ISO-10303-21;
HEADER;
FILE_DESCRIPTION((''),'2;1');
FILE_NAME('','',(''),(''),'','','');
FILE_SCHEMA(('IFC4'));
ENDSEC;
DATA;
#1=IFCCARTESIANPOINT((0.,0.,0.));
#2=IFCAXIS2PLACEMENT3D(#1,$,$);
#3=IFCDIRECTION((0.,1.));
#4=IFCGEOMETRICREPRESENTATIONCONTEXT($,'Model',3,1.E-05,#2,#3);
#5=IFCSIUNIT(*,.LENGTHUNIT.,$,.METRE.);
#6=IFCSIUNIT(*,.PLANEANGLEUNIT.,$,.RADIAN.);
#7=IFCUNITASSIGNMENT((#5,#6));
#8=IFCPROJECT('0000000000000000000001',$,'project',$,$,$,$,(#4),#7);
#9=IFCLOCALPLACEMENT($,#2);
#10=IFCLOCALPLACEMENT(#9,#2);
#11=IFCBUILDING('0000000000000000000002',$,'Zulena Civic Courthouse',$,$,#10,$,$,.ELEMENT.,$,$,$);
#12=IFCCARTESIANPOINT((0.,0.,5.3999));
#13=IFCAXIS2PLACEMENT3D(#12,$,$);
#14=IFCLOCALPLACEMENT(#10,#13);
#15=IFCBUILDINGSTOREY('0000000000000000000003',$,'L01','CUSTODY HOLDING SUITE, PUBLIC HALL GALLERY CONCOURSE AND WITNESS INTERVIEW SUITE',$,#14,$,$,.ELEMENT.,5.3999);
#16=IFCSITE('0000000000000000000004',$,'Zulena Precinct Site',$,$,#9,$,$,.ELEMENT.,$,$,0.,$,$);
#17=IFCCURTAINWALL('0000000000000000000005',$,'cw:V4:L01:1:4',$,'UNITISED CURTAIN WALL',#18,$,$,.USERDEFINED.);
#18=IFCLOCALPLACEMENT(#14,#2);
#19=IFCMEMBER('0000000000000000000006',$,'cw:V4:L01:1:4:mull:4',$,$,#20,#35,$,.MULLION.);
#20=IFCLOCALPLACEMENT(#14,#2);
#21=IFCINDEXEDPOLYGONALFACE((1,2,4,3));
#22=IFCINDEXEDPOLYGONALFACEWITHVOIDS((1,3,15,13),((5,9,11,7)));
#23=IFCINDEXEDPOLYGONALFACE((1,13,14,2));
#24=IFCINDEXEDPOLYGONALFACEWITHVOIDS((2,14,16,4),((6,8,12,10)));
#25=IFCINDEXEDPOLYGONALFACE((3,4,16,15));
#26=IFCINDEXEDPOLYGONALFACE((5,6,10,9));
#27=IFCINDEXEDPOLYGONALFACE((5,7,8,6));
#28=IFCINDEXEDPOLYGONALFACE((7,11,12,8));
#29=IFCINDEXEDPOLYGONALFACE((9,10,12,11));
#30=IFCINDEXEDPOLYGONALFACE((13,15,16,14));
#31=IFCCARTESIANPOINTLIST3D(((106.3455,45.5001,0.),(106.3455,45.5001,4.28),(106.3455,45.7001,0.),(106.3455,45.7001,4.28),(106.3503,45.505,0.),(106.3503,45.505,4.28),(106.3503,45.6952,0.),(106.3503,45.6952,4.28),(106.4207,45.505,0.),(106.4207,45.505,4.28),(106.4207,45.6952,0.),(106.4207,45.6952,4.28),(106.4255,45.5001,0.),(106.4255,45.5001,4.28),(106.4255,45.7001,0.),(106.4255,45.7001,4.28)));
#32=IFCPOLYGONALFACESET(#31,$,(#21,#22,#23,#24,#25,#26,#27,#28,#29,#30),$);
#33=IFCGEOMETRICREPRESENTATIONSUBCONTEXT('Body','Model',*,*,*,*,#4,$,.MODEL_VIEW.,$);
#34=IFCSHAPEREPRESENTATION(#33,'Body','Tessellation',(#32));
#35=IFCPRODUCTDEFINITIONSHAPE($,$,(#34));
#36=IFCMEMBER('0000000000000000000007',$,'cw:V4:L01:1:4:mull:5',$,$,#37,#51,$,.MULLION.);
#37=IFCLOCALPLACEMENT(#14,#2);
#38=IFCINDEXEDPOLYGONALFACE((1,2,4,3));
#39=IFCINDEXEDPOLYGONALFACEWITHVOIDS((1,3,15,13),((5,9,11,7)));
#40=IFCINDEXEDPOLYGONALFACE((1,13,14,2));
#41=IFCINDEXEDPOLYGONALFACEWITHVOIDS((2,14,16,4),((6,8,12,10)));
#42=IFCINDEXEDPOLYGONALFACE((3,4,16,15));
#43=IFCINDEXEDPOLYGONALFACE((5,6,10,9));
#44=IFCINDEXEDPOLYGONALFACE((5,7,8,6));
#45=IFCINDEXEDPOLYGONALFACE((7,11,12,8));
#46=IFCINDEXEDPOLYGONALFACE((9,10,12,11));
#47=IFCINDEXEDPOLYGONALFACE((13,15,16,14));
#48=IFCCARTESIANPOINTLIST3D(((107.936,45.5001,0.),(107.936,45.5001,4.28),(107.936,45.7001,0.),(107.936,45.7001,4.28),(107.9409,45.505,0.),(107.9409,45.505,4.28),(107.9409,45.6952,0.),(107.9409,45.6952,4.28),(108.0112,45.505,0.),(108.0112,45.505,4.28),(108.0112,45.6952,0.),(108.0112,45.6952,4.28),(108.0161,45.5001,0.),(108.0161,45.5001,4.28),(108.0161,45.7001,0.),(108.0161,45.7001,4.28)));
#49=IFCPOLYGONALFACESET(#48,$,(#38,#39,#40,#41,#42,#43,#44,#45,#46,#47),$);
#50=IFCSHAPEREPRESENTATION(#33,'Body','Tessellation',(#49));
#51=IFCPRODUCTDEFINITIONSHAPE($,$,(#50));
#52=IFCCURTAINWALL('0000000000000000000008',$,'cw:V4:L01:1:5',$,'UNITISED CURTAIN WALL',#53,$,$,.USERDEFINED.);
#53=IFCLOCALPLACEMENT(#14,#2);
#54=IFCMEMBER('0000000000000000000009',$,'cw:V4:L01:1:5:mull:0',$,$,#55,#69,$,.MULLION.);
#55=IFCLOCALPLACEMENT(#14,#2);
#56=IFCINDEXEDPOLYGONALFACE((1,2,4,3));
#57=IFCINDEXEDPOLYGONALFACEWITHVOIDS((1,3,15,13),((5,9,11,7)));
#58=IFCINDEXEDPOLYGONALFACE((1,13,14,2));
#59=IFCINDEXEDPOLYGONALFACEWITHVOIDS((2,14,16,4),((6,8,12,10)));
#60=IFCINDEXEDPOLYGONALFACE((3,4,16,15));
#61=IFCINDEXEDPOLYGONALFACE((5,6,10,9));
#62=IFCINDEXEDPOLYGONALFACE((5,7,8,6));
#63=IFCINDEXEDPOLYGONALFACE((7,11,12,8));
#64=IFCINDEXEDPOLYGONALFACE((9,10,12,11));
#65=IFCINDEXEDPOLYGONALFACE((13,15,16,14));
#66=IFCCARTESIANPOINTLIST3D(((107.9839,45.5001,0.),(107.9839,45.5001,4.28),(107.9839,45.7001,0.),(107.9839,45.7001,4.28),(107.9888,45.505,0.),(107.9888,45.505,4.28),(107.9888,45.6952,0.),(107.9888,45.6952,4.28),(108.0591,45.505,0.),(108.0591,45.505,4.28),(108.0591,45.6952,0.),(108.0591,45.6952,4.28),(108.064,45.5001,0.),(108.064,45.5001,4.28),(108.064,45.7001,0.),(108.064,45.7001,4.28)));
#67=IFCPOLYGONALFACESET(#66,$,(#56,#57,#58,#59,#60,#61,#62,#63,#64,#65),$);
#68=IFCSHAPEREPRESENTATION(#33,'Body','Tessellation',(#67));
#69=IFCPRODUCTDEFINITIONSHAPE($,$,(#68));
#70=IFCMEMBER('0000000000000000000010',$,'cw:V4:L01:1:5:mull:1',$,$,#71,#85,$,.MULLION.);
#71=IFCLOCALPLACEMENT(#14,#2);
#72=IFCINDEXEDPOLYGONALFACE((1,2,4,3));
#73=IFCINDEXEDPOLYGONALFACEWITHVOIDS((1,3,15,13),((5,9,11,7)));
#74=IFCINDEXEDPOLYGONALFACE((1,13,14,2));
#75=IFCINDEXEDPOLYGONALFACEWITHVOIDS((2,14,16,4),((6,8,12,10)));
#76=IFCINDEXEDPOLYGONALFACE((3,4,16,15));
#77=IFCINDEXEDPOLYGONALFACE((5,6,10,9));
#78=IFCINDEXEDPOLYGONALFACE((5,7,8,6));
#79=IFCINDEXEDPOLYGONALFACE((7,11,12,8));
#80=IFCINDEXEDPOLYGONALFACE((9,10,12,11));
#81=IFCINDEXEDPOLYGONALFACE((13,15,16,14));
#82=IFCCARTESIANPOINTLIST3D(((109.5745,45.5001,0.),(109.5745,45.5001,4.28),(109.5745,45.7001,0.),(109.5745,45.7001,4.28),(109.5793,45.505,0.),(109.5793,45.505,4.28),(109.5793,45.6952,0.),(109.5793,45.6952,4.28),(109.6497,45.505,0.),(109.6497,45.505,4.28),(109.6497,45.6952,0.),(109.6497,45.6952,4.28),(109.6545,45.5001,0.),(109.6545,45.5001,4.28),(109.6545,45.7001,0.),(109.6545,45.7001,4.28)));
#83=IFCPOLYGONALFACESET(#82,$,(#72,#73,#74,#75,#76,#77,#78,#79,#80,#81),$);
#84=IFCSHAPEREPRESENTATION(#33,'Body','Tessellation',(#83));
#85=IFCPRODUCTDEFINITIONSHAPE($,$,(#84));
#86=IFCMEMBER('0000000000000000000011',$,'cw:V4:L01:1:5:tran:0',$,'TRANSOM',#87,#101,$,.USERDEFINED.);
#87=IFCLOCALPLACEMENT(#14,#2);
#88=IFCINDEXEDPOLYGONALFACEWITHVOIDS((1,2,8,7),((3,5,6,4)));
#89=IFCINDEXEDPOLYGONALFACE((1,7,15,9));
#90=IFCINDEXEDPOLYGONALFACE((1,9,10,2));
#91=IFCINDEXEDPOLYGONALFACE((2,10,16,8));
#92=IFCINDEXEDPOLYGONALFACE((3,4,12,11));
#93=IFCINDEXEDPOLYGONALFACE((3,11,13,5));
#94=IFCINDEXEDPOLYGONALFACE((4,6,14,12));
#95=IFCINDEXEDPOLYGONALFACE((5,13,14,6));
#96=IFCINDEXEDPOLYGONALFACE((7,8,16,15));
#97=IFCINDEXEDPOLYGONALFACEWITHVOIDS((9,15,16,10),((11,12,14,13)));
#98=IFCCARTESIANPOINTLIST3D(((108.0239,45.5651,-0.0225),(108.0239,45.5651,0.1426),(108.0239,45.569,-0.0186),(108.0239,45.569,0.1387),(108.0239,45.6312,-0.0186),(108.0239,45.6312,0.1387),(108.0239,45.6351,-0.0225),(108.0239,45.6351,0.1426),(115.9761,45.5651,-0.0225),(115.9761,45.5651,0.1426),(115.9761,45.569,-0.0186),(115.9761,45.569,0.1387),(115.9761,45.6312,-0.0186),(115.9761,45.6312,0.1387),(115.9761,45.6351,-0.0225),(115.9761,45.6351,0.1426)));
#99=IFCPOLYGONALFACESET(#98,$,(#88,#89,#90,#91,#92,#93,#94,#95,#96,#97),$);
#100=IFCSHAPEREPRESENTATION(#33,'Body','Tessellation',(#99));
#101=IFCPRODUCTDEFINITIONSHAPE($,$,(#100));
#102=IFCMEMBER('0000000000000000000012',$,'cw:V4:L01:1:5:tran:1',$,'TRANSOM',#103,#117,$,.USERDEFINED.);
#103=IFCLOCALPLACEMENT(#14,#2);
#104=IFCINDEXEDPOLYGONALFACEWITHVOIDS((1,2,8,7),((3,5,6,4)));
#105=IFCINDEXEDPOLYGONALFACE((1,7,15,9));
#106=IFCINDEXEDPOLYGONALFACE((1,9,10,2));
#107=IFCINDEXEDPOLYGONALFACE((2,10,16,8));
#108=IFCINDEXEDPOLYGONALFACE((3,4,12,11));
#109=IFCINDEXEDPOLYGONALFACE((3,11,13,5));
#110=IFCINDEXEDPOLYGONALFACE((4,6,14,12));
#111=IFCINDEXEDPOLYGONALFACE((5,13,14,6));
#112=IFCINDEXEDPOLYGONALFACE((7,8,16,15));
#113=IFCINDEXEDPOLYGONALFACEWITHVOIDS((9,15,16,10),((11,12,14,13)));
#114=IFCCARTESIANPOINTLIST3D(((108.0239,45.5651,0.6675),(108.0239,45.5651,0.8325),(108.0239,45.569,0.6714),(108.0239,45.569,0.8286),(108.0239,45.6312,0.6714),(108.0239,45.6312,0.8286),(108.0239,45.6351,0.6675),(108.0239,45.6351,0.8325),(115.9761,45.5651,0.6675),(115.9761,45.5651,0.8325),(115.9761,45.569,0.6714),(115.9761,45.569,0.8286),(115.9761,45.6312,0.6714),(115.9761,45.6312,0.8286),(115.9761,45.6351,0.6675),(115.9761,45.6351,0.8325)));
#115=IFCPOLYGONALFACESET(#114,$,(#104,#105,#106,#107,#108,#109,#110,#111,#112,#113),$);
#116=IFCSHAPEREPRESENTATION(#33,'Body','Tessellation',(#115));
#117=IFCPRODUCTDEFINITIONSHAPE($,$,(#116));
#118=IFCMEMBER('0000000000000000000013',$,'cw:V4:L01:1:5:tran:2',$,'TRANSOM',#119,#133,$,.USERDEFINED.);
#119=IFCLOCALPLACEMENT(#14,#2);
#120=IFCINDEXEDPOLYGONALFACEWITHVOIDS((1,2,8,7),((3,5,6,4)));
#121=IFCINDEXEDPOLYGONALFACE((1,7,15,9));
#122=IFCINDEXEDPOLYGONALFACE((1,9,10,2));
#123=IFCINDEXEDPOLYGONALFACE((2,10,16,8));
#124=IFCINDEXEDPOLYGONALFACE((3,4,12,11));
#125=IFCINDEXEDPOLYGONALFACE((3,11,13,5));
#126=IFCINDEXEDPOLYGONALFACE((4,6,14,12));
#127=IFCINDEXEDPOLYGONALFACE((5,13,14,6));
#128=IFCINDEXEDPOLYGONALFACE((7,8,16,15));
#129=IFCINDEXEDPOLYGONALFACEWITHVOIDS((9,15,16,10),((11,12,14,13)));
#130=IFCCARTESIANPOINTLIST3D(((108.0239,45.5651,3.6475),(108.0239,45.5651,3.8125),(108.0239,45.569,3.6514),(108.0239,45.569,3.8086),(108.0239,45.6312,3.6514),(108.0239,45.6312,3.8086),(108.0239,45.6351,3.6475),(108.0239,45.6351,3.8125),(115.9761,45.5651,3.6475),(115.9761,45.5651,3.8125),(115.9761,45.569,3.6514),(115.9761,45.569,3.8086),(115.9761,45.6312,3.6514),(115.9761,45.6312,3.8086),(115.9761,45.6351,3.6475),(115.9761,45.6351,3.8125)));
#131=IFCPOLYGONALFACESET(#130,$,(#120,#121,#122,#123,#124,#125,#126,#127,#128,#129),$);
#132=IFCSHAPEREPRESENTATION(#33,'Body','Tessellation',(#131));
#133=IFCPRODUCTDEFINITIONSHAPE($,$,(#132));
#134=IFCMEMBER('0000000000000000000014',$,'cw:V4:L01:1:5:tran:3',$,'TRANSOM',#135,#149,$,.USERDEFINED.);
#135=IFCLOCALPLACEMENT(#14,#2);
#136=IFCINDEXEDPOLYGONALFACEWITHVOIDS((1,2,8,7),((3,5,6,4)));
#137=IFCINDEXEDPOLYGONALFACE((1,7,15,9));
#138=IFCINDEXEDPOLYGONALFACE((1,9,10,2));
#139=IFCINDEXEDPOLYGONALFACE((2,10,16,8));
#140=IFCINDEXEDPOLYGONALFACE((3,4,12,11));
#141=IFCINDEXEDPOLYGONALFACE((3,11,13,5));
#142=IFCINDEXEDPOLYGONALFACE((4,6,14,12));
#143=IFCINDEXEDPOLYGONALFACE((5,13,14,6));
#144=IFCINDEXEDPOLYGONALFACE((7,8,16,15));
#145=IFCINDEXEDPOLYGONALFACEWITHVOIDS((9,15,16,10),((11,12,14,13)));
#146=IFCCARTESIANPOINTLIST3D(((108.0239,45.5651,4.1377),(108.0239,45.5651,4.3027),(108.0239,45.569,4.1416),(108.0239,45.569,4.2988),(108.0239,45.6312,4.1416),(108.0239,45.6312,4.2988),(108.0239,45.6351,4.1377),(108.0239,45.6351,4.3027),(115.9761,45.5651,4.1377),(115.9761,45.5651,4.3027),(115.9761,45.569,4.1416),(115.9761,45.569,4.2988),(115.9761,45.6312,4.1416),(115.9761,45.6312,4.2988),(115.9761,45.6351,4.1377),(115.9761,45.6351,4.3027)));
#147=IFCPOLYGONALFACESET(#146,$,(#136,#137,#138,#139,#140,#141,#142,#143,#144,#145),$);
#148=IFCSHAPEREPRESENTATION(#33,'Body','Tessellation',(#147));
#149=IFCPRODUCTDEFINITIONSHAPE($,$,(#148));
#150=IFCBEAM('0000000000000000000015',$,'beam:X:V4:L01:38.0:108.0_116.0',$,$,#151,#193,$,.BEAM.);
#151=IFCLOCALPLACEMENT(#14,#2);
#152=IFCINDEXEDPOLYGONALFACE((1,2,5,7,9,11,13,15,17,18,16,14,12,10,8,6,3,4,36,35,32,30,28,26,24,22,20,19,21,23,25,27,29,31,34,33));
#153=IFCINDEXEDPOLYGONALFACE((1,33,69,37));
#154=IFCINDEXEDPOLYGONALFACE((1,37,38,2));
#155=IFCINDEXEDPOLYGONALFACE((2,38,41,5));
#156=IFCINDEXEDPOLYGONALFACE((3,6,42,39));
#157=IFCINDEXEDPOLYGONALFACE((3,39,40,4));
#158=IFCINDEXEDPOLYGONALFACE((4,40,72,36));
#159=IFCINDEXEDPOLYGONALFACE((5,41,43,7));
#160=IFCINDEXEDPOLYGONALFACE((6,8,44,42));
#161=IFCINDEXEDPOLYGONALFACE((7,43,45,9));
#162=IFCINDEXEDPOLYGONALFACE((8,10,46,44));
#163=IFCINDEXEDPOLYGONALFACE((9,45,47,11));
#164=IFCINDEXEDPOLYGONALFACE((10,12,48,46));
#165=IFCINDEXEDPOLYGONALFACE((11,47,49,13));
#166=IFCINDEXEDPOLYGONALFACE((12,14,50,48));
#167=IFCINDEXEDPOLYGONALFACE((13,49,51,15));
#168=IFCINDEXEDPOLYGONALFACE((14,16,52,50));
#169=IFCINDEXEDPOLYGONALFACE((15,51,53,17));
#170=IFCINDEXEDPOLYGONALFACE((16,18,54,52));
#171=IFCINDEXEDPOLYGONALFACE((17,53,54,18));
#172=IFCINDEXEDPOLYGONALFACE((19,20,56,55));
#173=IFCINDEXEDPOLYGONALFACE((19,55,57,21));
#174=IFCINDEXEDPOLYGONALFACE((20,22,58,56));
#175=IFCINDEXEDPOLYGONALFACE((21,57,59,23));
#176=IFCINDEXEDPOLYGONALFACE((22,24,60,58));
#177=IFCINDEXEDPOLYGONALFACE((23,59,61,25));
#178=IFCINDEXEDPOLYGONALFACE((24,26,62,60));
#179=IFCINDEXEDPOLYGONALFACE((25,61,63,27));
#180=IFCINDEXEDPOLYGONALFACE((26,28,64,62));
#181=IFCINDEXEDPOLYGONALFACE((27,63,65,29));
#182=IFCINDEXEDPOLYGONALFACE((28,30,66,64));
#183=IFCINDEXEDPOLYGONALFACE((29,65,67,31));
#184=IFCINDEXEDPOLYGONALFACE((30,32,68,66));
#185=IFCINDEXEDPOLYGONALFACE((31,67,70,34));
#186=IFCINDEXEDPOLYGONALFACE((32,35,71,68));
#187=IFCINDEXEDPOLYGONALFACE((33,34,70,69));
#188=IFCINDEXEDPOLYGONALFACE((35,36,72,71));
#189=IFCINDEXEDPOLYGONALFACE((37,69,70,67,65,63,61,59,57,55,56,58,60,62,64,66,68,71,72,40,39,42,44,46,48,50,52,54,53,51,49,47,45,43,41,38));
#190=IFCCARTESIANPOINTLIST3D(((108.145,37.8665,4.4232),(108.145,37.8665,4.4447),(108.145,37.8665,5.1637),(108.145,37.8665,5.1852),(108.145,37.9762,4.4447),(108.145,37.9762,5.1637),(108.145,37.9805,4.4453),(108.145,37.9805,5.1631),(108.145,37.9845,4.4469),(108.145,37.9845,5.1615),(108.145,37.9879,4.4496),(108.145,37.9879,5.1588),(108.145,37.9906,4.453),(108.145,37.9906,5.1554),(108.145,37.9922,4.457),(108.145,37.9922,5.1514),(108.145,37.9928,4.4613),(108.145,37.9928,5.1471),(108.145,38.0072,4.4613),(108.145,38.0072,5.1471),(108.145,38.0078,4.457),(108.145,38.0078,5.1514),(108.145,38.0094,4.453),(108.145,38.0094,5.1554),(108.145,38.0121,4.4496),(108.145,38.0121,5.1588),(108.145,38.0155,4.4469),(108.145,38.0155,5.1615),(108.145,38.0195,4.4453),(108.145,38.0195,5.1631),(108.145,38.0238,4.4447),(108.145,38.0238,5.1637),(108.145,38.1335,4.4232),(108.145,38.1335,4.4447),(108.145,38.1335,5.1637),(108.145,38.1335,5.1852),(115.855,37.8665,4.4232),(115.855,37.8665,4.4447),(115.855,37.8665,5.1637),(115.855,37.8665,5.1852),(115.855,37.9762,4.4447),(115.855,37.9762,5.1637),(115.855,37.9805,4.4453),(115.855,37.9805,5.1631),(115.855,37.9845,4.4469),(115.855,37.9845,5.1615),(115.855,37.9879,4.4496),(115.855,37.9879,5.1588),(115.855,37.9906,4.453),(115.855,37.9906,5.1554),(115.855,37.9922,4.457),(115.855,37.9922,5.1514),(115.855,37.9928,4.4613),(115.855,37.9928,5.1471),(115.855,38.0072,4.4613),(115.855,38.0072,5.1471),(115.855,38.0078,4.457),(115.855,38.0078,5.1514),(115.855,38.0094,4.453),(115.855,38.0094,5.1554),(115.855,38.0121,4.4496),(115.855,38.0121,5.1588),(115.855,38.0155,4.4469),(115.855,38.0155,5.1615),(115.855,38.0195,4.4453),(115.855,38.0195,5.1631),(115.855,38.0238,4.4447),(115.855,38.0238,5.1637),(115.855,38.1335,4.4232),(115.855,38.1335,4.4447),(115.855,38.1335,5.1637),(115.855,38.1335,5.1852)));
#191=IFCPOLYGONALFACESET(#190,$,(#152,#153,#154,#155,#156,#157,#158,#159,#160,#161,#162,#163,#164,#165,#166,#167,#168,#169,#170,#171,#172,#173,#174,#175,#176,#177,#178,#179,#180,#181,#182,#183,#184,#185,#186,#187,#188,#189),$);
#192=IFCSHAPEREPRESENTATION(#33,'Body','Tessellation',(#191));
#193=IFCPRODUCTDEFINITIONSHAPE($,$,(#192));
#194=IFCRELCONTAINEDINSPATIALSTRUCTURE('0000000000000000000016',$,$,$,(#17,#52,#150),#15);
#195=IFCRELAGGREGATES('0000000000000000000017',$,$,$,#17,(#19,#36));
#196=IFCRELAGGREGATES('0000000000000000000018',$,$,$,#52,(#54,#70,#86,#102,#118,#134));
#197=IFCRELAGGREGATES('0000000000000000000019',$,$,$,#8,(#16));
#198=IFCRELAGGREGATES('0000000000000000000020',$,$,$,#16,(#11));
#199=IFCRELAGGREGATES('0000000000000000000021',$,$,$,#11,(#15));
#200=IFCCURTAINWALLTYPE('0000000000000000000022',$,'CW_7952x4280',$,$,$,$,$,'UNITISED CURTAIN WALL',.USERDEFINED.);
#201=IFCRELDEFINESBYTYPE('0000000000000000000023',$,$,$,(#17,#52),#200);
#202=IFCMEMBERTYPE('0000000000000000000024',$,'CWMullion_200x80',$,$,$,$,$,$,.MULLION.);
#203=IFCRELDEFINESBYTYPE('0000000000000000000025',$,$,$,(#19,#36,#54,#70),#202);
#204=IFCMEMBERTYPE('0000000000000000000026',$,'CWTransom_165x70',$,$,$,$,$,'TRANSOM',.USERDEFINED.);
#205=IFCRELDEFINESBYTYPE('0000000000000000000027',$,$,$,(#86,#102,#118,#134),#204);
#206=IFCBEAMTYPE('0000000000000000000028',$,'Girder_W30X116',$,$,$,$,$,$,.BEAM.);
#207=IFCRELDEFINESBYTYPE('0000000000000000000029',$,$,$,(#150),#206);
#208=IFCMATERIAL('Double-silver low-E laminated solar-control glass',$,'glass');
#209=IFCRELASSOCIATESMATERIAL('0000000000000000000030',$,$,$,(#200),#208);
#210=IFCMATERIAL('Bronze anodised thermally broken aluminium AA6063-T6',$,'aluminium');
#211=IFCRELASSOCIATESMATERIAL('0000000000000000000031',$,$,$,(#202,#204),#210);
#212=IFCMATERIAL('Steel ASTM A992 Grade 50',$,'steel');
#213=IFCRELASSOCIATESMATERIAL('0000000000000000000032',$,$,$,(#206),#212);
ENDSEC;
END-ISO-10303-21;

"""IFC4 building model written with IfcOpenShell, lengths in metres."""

from ifc_helpers import new_model, si_unit, direction, frame, origin, origin_2d, place, context, subcontext, project, spatial, hollow_rectangle, i_section, extrude, material, material_profile, profile_set, type_object, element, aggregate, save


model = new_model("IFC4")

# Units and contexts
model_context = context("Model", 3, precision=1e-05, world=origin(), true_north=direction((0.0, 1.0)))
body_context = subcontext(model_context, "Body", "Model", "MODEL_VIEW")
ifc_project = project(units=[si_unit("LENGTHUNIT", "METRE"), si_unit("PLANEANGLEUNIT", "RADIAN")], contexts=[model_context])

# Site, building, storey
site_placement = place(None, origin())
site = spatial("IfcSite", under=ifc_project, at=site_placement, Name="Zulena Precinct Site", CompositionType="ELEMENT", RefElevation=0.0)
building_placement = place(site_placement, origin())
building = spatial("IfcBuilding", under=site, at=building_placement, Name="Zulena Civic Courthouse", CompositionType="ELEMENT")
storey_placement = place(building_placement, frame((0.0, 0.0, 5.3999)))
storey = spatial("IfcBuildingStorey", under=building, at=storey_placement, Name="L01", Description="CUSTODY HOLDING SUITE, PUBLIC HALL GALLERY CONCOURSE AND WITNESS INTERVIEW SUITE", CompositionType="ELEMENT", Elevation=5.3999)

# Shared definitions
ifc_material_1 = material(Name="Steel ASTM A992 Grade 50", Category="steel")

# Curtain walls, members
ifc_material_2 = material(Name="Double-silver low-E laminated solar-control glass", Category="glass")
curtain_wall_type = type_object("IfcCurtainWallType", Name="CW_7952x4280", ElementType="UNITISED CURTAIN WALL", PredefinedType="USERDEFINED", material=ifc_material_2)
curtain_wall_1_placement = place(storey_placement, origin())
curtain_wall_1 = element("IfcCurtainWall", 1, at=curtain_wall_1_placement, inside=storey, type_object=curtain_wall_type, Name="cw:V4:L01:1:4", ObjectType="UNITISED CURTAIN WALL", PredefinedType="USERDEFINED")
ifc_material_3 = material(Name="Bronze anodised thermally broken aluminium AA6063-T6", Category="aluminium")
ifc_material_profile_1 = material_profile(ifc_material_3, hollow_rectangle(XDim=0.0801, YDim=0.2, WallThickness=0.0049, at=origin_2d()), Name="CWM200X80X5")
ifc_profile_set_1 = profile_set([ifc_material_profile_1], Name="Bronze anodised thermally broken aluminium AA6063-T6")
member_type_1 = type_object("IfcMemberType", Name="CWMullion_200x80", PredefinedType="MULLION", material=ifc_profile_set_1)
member_1_placement = place(storey_placement, frame((106.3855, 45.6001, 0.0), z_axis=(0.0, 0.0, 1.0), x_axis=(1.0, 0.0, 0.0)))
member_1 = element("IfcMember", 2, at=member_1_placement, type_object=member_type_1, Name="cw:V4:L01:1:4:mull:4", PredefinedType="MULLION", context=body_context, shape_type="SweptSolid", body=[
    extrude(hollow_rectangle(XDim=0.0801, YDim=0.2, WallThickness=0.0049, at=origin_2d()), origin(), (0.0, 0.0, 1.0), 4.28),
])
member_2_placement = place(storey_placement, frame((107.9761, 45.6001, 0.0), z_axis=(0.0, 0.0, 1.0), x_axis=(1.0, 0.0, 0.0)))
member_2 = element("IfcMember", 3, at=member_2_placement, type_object=member_type_1, Name="cw:V4:L01:1:4:mull:5", PredefinedType="MULLION", context=body_context, shape_type="SweptSolid", body=[
    extrude(hollow_rectangle(XDim=0.0801, YDim=0.2, WallThickness=0.0049, at=origin_2d()), origin(), (0.0, 0.0, 1.0), 4.28),
])
curtain_wall_2_placement = place(storey_placement, origin())
curtain_wall_2 = element("IfcCurtainWall", 4, at=curtain_wall_2_placement, inside=storey, type_object=curtain_wall_type, Name="cw:V4:L01:1:5", ObjectType="UNITISED CURTAIN WALL", PredefinedType="USERDEFINED")
member_3_placement = place(storey_placement, frame((108.0239, 45.6001, 0.0), z_axis=(0.0, 0.0, 1.0), x_axis=(1.0, 0.0, 0.0)))
member_3 = element("IfcMember", 5, at=member_3_placement, type_object=member_type_1, Name="cw:V4:L01:1:5:mull:0", PredefinedType="MULLION", context=body_context, shape_type="SweptSolid", body=[
    extrude(hollow_rectangle(XDim=0.0801, YDim=0.2, WallThickness=0.0049, at=origin_2d()), origin(), (0.0, 0.0, 1.0), 4.28),
])
member_4_placement = place(storey_placement, frame((109.6145, 45.6001, 0.0), z_axis=(0.0, 0.0, 1.0), x_axis=(1.0, 0.0, 0.0)))
member_4 = element("IfcMember", 6, at=member_4_placement, type_object=member_type_1, Name="cw:V4:L01:1:5:mull:1", PredefinedType="MULLION", context=body_context, shape_type="SweptSolid", body=[
    extrude(hollow_rectangle(XDim=0.0801, YDim=0.2, WallThickness=0.0049, at=origin_2d()), origin(), (0.0, 0.0, 1.0), 4.28),
])
ifc_material_profile_2 = material_profile(ifc_material_3, hollow_rectangle(XDim=0.0701, YDim=0.165, WallThickness=0.0039, at=origin_2d()), Name="CWT165X70X4")
ifc_profile_set_2 = profile_set([ifc_material_profile_2], Name="Bronze anodised thermally broken aluminium AA6063-T6")
member_type_2 = type_object("IfcMemberType", Name="CWTransom_165x70", ElementType="TRANSOM", PredefinedType="USERDEFINED", material=ifc_profile_set_2)
member_5_placement = place(storey_placement, frame((108.0239, 45.6001, 0.0601), z_axis=(1.0, 0.0, 0.0), x_axis=(0.0, 1.0, 0.0)))
member_5 = element("IfcMember", 7, at=member_5_placement, type_object=member_type_2, Name="cw:V4:L01:1:5:tran:0", ObjectType="TRANSOM", PredefinedType="USERDEFINED", context=body_context, shape_type="SweptSolid", body=[
    extrude(hollow_rectangle(XDim=0.0701, YDim=0.165, WallThickness=0.0039, at=origin_2d()), origin(), (0.0, 0.0, 1.0), 7.9521),
])
member_6_placement = place(storey_placement, frame((108.0239, 45.6001, 0.75), z_axis=(1.0, 0.0, 0.0), x_axis=(0.0, 1.0, 0.0)))
member_6 = element("IfcMember", 8, at=member_6_placement, type_object=member_type_2, Name="cw:V4:L01:1:5:tran:1", ObjectType="TRANSOM", PredefinedType="USERDEFINED", context=body_context, shape_type="SweptSolid", body=[
    extrude(hollow_rectangle(XDim=0.0701, YDim=0.165, WallThickness=0.0039, at=origin_2d()), origin(), (0.0, 0.0, 1.0), 7.9521),
])
member_7_placement = place(storey_placement, frame((108.0239, 45.6001, 3.73), z_axis=(1.0, 0.0, 0.0), x_axis=(0.0, 1.0, 0.0)))
member_7 = element("IfcMember", 9, at=member_7_placement, type_object=member_type_2, Name="cw:V4:L01:1:5:tran:2", ObjectType="TRANSOM", PredefinedType="USERDEFINED", context=body_context, shape_type="SweptSolid", body=[
    extrude(hollow_rectangle(XDim=0.0701, YDim=0.165, WallThickness=0.0039, at=origin_2d()), origin(), (0.0, 0.0, 1.0), 7.9521),
])
member_8_placement = place(storey_placement, frame((108.0239, 45.6001, 4.2202), z_axis=(1.0, 0.0, 0.0), x_axis=(0.0, 1.0, 0.0)))
member_8 = element("IfcMember", 10, at=member_8_placement, type_object=member_type_2, Name="cw:V4:L01:1:5:tran:3", ObjectType="TRANSOM", PredefinedType="USERDEFINED", context=body_context, shape_type="SweptSolid", body=[
    extrude(hollow_rectangle(XDim=0.0701, YDim=0.165, WallThickness=0.0039, at=origin_2d()), origin(), (0.0, 0.0, 1.0), 7.9521),
])

# Beam
ifc_material_profile_3 = material_profile(ifc_material_1, i_section(OverallWidth=0.2671, OverallDepth=0.762, WebThickness=0.0144, FlangeThickness=0.0215, FilletRadius=0.0166, at=origin_2d()), Name="W30X116")
ifc_profile_set_3 = profile_set([ifc_material_profile_3], Name="Steel ASTM A992 Grade 50")
beam_type_1 = type_object("IfcBeamType", Name="Girder_W30X116", PredefinedType="BEAM", material=ifc_profile_set_3)
beam_1_placement = place(storey_placement, frame((108.145, 38.0, 4.8042), z_axis=(1.0, 0.0, 0.0), x_axis=(0.0, 1.0, 0.0)))
element("IfcBeam", 11, at=beam_1_placement, inside=storey, type_object=beam_type_1, Name="beam:X:V4:L01:38.0:108.0_116.0", PredefinedType="BEAM", context=body_context, shape_type="SweptSolid", body=[
    extrude(i_section(OverallWidth=0.2671, OverallDepth=0.762, WebThickness=0.0144, FlangeThickness=0.0215, FilletRadius=0.0166, at=origin_2d()), origin(), (0.0, 0.0, 1.0), 7.71),
])

aggregate(curtain_wall_1, [member_1, member_2])
aggregate(curtain_wall_2, [member_3, member_4, member_5, member_6, member_7, member_8])

save(model, "model.ifc")
